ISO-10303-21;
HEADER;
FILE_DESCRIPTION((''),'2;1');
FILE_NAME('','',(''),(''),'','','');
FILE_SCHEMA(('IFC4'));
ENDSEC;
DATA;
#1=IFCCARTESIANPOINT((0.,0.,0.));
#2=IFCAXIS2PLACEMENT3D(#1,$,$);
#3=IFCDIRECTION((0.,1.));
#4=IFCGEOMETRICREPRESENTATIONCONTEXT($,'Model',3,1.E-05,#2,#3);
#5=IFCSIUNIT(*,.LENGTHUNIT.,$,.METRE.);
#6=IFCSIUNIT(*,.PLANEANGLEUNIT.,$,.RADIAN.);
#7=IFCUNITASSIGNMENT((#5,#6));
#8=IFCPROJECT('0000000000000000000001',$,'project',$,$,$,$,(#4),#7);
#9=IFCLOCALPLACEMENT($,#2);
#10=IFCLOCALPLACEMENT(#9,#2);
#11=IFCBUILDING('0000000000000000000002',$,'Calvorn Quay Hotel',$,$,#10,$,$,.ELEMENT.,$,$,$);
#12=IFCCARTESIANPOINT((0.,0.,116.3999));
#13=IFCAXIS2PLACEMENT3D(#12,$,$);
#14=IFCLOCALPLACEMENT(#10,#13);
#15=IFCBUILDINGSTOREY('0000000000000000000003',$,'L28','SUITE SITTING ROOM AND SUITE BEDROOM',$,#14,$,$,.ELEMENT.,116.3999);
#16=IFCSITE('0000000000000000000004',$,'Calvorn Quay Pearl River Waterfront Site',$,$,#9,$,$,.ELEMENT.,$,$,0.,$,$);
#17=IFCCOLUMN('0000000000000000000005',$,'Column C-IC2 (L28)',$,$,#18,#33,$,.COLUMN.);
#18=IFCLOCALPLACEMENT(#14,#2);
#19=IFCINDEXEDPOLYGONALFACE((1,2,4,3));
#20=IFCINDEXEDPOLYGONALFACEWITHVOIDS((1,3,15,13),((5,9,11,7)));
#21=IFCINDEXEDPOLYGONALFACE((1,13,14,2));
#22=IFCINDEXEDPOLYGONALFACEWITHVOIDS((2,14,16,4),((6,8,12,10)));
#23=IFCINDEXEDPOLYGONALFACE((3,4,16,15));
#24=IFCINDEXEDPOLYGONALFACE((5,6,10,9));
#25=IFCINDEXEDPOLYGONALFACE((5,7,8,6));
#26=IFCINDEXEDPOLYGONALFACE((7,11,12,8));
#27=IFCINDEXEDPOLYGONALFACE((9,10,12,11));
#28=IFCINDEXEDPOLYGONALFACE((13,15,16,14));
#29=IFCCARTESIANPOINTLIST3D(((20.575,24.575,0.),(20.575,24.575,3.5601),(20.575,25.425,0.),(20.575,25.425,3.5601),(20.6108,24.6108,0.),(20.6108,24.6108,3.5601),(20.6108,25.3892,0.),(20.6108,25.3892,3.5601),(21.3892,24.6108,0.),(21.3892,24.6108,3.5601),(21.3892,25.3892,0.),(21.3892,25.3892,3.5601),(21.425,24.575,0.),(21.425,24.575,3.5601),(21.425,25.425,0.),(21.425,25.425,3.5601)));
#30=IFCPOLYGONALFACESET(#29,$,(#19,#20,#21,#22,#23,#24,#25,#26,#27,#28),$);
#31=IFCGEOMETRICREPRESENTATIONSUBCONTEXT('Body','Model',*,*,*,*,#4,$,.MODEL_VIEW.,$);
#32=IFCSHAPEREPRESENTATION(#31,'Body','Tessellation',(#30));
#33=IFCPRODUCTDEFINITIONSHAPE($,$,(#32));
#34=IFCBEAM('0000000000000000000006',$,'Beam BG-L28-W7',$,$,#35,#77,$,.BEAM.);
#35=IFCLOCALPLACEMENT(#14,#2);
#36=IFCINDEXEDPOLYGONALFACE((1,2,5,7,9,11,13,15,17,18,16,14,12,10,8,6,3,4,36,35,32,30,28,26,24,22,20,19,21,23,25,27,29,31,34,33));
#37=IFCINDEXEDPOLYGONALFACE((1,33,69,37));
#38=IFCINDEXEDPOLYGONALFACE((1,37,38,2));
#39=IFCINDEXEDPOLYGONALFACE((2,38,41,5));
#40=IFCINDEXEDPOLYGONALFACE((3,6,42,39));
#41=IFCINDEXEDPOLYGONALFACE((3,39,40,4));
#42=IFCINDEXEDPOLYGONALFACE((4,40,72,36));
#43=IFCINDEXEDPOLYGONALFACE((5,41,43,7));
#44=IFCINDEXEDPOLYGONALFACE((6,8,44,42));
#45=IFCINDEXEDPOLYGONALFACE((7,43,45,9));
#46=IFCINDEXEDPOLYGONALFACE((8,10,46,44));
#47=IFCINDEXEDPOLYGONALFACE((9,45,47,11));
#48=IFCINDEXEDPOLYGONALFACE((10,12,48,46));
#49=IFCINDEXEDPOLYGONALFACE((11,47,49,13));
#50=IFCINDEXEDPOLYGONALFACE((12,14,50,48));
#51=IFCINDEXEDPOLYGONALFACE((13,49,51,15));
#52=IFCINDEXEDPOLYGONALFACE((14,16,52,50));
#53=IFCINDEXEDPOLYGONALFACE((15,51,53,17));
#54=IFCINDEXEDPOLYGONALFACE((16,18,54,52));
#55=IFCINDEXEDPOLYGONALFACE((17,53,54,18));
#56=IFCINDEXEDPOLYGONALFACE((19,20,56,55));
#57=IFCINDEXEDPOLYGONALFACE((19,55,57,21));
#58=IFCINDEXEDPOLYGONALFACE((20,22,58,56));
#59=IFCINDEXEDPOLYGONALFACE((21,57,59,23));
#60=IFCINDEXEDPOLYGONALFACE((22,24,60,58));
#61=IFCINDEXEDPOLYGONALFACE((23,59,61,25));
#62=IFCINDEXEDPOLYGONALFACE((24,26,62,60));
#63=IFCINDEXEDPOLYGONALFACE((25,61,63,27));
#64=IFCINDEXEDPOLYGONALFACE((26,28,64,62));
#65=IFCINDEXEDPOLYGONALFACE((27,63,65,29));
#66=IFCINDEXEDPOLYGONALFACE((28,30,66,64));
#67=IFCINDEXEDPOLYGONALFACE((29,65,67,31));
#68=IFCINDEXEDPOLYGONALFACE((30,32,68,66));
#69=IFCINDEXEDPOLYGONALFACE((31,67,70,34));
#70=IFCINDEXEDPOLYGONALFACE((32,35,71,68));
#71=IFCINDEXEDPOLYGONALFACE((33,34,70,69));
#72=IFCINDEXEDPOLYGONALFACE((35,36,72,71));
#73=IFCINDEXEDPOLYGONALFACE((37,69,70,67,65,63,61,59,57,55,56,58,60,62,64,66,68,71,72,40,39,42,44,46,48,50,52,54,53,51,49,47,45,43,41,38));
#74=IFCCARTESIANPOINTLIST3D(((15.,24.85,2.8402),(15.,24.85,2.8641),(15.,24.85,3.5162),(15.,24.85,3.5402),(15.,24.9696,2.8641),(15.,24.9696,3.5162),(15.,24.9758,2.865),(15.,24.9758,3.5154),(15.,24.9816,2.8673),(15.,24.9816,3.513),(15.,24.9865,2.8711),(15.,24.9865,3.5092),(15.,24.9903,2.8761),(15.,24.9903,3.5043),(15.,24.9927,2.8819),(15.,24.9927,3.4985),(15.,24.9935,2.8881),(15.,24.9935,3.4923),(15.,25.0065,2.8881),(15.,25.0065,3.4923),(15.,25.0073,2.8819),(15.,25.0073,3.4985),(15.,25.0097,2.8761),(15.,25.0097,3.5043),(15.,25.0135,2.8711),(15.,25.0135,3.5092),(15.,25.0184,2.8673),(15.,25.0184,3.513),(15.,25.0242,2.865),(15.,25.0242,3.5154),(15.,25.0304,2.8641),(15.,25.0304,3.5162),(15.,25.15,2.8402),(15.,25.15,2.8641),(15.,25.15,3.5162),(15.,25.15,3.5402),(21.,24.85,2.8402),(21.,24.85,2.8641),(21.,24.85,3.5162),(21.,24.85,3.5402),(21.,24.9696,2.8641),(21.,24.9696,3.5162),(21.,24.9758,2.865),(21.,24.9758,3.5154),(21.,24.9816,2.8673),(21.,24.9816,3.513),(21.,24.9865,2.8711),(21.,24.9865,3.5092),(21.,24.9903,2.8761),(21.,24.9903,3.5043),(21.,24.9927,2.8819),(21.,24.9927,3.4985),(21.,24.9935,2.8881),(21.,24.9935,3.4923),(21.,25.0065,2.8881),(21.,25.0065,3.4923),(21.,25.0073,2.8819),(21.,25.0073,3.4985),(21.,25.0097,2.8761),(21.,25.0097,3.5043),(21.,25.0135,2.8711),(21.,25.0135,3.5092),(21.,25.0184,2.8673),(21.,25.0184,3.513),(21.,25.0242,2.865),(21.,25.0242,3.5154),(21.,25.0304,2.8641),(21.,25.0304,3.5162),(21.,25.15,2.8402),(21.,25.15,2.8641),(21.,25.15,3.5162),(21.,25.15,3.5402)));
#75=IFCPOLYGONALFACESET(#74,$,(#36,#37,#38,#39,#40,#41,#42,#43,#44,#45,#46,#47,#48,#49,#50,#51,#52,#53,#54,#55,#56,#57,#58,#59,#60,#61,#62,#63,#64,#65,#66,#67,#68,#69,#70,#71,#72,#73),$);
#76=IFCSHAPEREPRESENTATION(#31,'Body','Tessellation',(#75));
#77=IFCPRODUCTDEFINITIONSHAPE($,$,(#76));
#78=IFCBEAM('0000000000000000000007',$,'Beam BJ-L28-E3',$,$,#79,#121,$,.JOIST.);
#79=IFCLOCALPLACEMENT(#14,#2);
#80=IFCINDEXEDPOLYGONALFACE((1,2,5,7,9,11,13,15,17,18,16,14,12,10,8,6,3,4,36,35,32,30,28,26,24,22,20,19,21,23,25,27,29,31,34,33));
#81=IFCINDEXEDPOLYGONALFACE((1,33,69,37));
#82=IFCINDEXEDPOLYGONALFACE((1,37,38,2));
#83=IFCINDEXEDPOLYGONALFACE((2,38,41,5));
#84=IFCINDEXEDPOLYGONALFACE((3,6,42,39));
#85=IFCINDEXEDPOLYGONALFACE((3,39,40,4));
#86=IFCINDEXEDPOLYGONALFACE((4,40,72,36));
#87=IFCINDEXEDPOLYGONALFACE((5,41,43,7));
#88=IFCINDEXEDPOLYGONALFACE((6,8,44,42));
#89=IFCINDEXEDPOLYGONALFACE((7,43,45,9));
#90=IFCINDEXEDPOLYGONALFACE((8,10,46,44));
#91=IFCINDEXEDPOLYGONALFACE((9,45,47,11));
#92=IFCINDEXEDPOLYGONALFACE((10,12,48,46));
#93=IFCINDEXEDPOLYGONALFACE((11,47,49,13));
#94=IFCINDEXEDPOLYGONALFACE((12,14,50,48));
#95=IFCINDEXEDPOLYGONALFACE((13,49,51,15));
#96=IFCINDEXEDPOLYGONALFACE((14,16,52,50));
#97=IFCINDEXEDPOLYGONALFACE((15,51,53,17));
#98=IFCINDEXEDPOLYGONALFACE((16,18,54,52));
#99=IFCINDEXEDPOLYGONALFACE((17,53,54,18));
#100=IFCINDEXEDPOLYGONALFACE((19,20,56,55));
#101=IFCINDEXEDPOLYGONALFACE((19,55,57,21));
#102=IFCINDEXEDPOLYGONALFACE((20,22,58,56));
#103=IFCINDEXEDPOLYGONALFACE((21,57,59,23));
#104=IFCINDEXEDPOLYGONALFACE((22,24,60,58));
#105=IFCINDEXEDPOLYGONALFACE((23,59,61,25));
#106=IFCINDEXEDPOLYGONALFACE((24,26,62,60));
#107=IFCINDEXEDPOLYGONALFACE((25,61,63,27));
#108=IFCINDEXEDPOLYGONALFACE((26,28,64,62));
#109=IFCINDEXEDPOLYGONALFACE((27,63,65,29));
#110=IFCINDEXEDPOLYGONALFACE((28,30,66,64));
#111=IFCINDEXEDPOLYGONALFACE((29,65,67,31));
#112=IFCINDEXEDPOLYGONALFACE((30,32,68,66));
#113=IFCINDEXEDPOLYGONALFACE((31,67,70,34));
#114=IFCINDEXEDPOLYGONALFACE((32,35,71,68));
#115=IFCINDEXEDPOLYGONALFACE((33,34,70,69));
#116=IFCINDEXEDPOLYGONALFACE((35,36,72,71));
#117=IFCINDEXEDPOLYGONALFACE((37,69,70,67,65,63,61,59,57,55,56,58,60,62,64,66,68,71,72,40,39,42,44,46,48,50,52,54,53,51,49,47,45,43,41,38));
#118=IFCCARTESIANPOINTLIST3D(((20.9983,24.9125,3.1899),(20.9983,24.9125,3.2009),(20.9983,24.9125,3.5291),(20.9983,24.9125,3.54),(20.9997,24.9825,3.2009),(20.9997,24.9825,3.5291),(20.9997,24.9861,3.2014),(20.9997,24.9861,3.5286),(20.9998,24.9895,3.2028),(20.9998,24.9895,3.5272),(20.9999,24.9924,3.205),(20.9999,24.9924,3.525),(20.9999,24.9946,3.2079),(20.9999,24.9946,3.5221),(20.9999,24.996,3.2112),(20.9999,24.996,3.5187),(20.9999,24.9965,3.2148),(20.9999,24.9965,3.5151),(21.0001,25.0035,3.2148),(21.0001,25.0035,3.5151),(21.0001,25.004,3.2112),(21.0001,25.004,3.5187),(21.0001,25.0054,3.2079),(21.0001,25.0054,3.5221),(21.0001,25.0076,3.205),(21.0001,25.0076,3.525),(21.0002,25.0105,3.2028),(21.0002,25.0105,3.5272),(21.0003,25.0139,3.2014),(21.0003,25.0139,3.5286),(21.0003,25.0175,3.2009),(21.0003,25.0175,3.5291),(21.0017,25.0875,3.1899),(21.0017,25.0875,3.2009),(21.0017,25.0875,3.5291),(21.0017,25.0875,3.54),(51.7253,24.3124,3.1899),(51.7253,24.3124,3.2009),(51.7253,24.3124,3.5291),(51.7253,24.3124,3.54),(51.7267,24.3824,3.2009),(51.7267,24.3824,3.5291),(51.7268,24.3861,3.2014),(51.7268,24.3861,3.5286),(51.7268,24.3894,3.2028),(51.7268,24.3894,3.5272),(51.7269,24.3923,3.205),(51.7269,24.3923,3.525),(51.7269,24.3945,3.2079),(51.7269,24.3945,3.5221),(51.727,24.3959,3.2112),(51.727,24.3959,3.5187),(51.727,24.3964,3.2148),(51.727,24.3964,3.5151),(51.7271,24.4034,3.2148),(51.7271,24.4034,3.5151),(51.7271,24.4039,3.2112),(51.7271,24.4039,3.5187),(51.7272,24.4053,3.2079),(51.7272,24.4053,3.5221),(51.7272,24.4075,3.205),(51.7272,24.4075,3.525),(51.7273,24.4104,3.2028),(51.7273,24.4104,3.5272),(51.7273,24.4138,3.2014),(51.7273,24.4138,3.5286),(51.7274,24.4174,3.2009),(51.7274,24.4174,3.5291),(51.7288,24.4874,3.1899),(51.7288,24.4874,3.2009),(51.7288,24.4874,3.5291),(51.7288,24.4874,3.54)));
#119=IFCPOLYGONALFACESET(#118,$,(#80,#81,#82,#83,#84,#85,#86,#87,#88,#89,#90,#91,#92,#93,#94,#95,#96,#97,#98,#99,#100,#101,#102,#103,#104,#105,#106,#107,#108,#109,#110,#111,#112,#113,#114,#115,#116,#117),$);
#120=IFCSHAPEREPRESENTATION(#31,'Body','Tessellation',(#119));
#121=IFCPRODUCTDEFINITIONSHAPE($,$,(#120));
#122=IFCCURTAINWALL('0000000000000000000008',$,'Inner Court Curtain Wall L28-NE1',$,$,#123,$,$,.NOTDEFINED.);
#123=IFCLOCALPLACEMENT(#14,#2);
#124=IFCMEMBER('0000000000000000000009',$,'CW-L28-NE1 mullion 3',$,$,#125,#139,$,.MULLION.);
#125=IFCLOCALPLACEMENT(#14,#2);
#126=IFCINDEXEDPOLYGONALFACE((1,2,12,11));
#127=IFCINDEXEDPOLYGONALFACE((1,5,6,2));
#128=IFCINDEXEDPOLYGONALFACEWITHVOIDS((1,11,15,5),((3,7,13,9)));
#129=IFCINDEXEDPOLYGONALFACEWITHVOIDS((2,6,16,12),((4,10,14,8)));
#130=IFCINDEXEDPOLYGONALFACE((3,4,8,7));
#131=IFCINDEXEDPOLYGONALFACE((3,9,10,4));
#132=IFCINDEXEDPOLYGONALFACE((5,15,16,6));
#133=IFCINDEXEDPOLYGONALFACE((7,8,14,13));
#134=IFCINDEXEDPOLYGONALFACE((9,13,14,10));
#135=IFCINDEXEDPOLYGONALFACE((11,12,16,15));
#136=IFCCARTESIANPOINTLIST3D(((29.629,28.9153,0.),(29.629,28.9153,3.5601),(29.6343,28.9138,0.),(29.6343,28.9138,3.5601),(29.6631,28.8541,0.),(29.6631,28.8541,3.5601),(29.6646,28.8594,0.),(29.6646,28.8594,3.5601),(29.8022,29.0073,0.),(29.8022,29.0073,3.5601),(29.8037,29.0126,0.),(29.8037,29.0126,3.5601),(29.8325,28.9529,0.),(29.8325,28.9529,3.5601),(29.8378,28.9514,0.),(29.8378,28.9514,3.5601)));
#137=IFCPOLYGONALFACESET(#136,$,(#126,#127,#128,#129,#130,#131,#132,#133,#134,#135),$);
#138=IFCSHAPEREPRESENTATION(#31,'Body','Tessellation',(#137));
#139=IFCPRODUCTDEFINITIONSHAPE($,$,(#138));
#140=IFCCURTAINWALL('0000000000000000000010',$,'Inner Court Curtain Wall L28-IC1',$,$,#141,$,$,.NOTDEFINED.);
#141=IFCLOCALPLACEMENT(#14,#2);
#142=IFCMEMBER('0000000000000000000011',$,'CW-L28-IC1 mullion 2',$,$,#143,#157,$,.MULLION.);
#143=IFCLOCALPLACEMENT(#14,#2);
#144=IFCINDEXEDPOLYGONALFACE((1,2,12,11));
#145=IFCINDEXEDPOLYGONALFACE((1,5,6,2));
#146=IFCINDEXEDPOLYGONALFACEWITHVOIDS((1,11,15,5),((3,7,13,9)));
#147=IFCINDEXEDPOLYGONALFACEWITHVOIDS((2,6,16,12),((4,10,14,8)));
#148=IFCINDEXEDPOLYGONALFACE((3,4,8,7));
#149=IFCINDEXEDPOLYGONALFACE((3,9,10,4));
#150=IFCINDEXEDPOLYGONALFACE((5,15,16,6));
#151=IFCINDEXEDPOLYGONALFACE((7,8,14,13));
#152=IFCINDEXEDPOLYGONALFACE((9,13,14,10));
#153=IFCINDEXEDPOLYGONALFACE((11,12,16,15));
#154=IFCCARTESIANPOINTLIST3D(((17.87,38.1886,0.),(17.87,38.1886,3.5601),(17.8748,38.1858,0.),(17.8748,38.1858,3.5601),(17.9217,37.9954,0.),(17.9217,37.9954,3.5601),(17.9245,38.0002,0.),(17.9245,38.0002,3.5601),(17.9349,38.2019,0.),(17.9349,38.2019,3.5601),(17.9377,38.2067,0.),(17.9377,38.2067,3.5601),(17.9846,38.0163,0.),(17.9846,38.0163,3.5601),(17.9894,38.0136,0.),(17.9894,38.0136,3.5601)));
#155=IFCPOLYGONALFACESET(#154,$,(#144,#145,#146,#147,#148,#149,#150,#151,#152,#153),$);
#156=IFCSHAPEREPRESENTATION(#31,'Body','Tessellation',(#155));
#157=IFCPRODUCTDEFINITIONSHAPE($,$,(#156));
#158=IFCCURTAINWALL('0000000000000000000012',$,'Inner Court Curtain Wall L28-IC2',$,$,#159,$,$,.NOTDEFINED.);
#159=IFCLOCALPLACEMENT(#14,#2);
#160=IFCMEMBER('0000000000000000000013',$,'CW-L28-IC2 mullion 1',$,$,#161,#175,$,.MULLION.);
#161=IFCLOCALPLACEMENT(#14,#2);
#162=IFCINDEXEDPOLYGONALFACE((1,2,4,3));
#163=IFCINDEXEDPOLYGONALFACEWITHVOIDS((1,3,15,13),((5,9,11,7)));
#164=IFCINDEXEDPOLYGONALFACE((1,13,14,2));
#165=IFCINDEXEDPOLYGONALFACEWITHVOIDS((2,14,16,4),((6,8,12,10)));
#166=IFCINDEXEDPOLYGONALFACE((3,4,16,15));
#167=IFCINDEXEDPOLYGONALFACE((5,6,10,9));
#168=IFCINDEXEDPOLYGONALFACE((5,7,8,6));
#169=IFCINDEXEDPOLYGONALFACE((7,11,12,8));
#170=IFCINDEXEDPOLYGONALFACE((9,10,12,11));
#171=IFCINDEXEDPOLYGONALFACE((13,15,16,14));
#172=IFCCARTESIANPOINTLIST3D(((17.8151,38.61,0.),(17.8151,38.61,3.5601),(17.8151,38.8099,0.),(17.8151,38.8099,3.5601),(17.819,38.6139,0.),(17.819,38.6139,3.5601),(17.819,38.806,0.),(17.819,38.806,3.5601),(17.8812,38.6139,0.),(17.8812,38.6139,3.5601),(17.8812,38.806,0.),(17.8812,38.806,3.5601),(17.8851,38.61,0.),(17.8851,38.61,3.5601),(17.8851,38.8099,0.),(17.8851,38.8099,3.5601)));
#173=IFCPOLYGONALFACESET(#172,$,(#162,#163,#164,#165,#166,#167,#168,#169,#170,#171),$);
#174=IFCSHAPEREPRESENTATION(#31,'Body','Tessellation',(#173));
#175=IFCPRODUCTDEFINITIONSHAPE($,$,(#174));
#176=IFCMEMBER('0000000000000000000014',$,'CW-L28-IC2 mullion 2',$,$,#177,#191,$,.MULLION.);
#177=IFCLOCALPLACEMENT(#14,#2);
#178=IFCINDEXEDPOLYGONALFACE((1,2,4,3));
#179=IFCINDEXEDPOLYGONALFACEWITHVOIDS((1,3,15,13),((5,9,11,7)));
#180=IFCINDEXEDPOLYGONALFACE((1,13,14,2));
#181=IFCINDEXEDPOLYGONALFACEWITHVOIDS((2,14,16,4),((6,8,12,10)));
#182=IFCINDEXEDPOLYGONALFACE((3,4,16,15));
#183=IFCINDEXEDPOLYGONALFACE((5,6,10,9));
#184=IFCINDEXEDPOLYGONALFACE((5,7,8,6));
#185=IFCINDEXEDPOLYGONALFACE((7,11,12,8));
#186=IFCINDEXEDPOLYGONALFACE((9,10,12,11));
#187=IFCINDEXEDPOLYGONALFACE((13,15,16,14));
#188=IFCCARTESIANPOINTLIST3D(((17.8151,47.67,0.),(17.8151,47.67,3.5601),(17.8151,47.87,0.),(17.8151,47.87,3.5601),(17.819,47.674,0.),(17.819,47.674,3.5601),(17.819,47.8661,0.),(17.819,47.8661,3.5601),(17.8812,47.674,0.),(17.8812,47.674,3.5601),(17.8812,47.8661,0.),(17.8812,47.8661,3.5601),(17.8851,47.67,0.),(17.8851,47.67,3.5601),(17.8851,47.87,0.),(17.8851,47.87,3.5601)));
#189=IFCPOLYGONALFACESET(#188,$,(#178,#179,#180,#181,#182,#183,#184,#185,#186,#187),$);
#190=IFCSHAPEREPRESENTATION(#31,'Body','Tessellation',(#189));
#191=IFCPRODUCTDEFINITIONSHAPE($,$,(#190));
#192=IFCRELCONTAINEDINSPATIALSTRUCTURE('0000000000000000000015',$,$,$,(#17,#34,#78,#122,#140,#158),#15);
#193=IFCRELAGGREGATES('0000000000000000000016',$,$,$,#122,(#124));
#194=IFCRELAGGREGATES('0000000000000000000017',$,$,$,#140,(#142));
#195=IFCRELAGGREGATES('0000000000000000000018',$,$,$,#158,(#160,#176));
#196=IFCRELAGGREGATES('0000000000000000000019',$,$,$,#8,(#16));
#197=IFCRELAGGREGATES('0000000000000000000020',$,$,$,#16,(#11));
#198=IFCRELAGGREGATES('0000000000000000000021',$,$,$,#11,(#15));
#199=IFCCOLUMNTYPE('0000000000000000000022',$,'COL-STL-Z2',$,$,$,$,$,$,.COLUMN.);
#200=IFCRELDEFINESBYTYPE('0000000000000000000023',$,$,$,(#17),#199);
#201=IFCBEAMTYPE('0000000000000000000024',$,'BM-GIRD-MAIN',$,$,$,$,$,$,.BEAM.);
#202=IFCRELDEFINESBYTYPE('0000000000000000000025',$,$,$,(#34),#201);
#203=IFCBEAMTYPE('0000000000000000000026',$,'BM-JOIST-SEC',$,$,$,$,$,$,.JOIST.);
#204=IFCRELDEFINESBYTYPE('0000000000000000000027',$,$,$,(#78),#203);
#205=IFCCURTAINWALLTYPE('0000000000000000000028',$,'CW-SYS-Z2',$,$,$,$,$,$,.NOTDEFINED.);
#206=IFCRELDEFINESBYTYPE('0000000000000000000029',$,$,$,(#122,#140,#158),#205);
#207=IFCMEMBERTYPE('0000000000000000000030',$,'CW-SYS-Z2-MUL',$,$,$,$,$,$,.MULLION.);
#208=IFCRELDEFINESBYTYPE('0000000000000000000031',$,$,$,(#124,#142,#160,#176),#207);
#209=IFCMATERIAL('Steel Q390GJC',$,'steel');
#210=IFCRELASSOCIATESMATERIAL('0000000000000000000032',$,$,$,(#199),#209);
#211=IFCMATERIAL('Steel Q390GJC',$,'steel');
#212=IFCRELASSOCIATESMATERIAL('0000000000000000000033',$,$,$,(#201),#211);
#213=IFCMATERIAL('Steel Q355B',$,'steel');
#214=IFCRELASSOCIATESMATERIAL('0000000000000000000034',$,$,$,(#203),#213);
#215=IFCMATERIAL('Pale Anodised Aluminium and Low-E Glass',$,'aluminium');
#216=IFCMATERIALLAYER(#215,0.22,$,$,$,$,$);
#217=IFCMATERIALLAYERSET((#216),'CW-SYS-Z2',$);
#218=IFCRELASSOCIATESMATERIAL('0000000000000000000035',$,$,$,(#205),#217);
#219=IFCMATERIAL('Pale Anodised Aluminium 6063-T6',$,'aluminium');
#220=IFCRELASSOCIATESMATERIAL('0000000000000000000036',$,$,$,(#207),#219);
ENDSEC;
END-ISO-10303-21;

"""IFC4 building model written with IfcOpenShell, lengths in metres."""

from ifc_helpers import new_model, si_unit, direction, frame, origin, origin_2d, place, context, subcontext, project, spatial, hollow_rectangle, i_section, extrude, material, layer, layer_set, material_profile, profile_set, type_object, element, aggregate, save


model = new_model("IFC4")

# Units and contexts
model_context = context("Model", 3, precision=1e-05, world=origin(), true_north=direction((0.0, 1.0)))
body_context = subcontext(model_context, "Body", "Model", "MODEL_VIEW")
ifc_project = project(units=[si_unit("LENGTHUNIT", "METRE"), si_unit("PLANEANGLEUNIT", "RADIAN")], contexts=[model_context])

# Site, building, storey
site_placement = place(None, origin())
site = spatial("IfcSite", under=ifc_project, at=site_placement, Name="Calvorn Quay Pearl River Waterfront Site", CompositionType="ELEMENT", RefElevation=0.0)
building_placement = place(site_placement, origin())
building = spatial("IfcBuilding", under=site, at=building_placement, Name="Calvorn Quay Hotel", CompositionType="ELEMENT")
storey_placement = place(building_placement, frame((0.0, 0.0, 116.3999)))
storey = spatial("IfcBuildingStorey", under=building, at=storey_placement, Name="L28", Description="SUITE SITTING ROOM AND SUITE BEDROOM", CompositionType="ELEMENT", Elevation=116.3999)

# Column
ifc_material_1 = material(Name="Steel Q390GJC", Category="steel")
ifc_material_profile_1 = material_profile(ifc_material_1, hollow_rectangle(XDim=0.8501, YDim=0.8501, WallThickness=0.0359, at=origin_2d()), Name="BOX850x850x36")
ifc_profile_set_1 = profile_set([ifc_material_profile_1], Name="Steel Q390GJC")
column_type = type_object("IfcColumnType", Name="COL-STL-Z2", PredefinedType="COLUMN", material=ifc_profile_set_1)
column_placement = place(storey_placement, frame((21.0, 25.0, 0.0), z_axis=(0.0, 0.0, 1.0), x_axis=(1.0, 0.0, 0.0)))
element("IfcColumn", 1, at=column_placement, inside=storey, type_object=column_type, Name="Column C-IC2 (L28)", PredefinedType="COLUMN", context=body_context, shape_type="SweptSolid", body=[
    extrude(hollow_rectangle(XDim=0.8501, YDim=0.8501, WallThickness=0.0359, at=origin_2d()), origin(), (0.0, 0.0, 1.0), 3.5601),
])

# Beams
ifc_material_2 = material(Name="Steel Q390GJC", Category="steel")
ifc_material_profile_2 = material_profile(ifc_material_2, i_section(OverallWidth=0.3, OverallDepth=0.7, WebThickness=0.0129, FlangeThickness=0.0239, FilletRadius=0.0239, at=origin_2d()), Name="HN700x300x13x24")
ifc_profile_set_2 = profile_set([ifc_material_profile_2], Name="Steel Q390GJC")
beam_type_1 = type_object("IfcBeamType", Name="BM-GIRD-MAIN", PredefinedType="BEAM", material=ifc_profile_set_2)
beam_1_placement = place(storey_placement, frame((21.0, 25.0, 3.1902), z_axis=(-1.0, 0.0, 0.0), x_axis=(0.0, -1.0, 0.0)))
element("IfcBeam", 2, at=beam_1_placement, inside=storey, type_object=beam_type_1, Name="Beam BG-L28-W7", PredefinedType="BEAM", context=body_context, shape_type="SweptSolid", body=[
    extrude(i_section(OverallWidth=0.3, OverallDepth=0.7, WebThickness=0.0129, FlangeThickness=0.0239, FilletRadius=0.0239, at=origin_2d()), origin(), (0.0, 0.0, 1.0), 6.0),
])
ifc_material_3 = material(Name="Steel Q355B", Category="steel")
ifc_material_profile_3 = material_profile(ifc_material_3, i_section(OverallWidth=0.175, OverallDepth=0.3501, WebThickness=0.0071, FlangeThickness=0.011, FilletRadius=0.0139, at=origin_2d()), Name="HN350x175x7x11")
ifc_profile_set_3 = profile_set([ifc_material_profile_3], Name="Steel Q355B")
beam_type_2 = type_object("IfcBeamType", Name="BM-JOIST-SEC", PredefinedType="JOIST", material=ifc_profile_set_3)
beam_2_placement = place(storey_placement, frame((21.0, 25.0, 3.365), z_axis=(0.999809, -0.019526, 0.0), x_axis=(0.019526, 0.999809, 0.0)))
element("IfcBeam", 3, at=beam_2_placement, inside=storey, type_object=beam_type_2, Name="Beam BJ-L28-E3", PredefinedType="JOIST", context=body_context, shape_type="SweptSolid", body=[
    extrude(i_section(OverallWidth=0.175, OverallDepth=0.3501, WebThickness=0.0071, FlangeThickness=0.011, FilletRadius=0.0139, at=origin_2d()), origin(), (0.0, 0.0, 1.0), 30.7329),
])

# Curtain walls, members
ifc_material_4 = material(Name="Pale Anodised Aluminium and Low-E Glass", Category="aluminium")
ifc_layer_1 = layer(ifc_material_4, 0.22)
ifc_layer_set_1 = layer_set([ifc_layer_1], Name="CW-SYS-Z2")
curtain_wall_type = type_object("IfcCurtainWallType", Name="CW-SYS-Z2", PredefinedType="NOTDEFINED", material=ifc_layer_set_1)
curtain_wall_1_placement = place(storey_placement, origin())
curtain_wall_1 = element("IfcCurtainWall", 4, at=curtain_wall_1_placement, inside=storey, type_object=curtain_wall_type, Name="Inner Court Curtain Wall L28-NE1", PredefinedType="NOTDEFINED")
ifc_material_5 = material(Name="Pale Anodised Aluminium 6063-T6", Category="aluminium")
ifc_material_profile_4 = material_profile(ifc_material_5, hollow_rectangle(XDim=0.0701, YDim=0.2, WallThickness=0.0039, at=origin_2d()), Name="ALU-M200x70x4")
ifc_profile_set_4 = profile_set([ifc_material_profile_4], Name="Pale Anodised Aluminium 6063-T6")
member_type_1 = type_object("IfcMemberType", Name="CW-SYS-Z2-MUL", PredefinedType="MULLION", material=ifc_profile_set_4)
member_1_placement = place(storey_placement, frame((29.7334, 28.9333, 0.0), z_axis=(0.0, 0.0, 1.0), x_axis=(0.486858, -0.873481, 0.0)))
member_1 = element("IfcMember", 5, at=member_1_placement, type_object=member_type_1, Name="CW-L28-NE1 mullion 3", PredefinedType="MULLION", context=body_context, shape_type="SweptSolid", body=[
    extrude(hollow_rectangle(XDim=0.0701, YDim=0.2, WallThickness=0.0039, at=origin_2d()), origin(), (0.0, 0.0, 1.0), 3.5601),
])
curtain_wall_2_placement = place(storey_placement, origin())
curtain_wall_2 = element("IfcCurtainWall", 6, at=curtain_wall_2_placement, inside=storey, type_object=curtain_wall_type, Name="Inner Court Curtain Wall L28-IC1", PredefinedType="NOTDEFINED")
member_2_placement = place(storey_placement, frame((17.9297, 38.1011, 0.0), z_axis=(0.0, 0.0, 1.0), x_axis=(-0.965937, -0.258779, 0.0)))
member_2 = element("IfcMember", 7, at=member_2_placement, type_object=member_type_1, Name="CW-L28-IC1 mullion 2", PredefinedType="MULLION", context=body_context, shape_type="SweptSolid", body=[
    extrude(hollow_rectangle(XDim=0.0701, YDim=0.2, WallThickness=0.0039, at=origin_2d()), origin(), (0.0, 0.0, 1.0), 3.5601),
])

# Curtain wall, members
curtain_wall_3_placement = place(storey_placement, origin())
curtain_wall_3 = element("IfcCurtainWall", 8, at=curtain_wall_3_placement, inside=storey, type_object=curtain_wall_type, Name="Inner Court Curtain Wall L28-IC2", PredefinedType="NOTDEFINED")
member_3_placement = place(storey_placement, frame((17.8501, 38.71, 0.0), z_axis=(0.0, 0.0, 1.0), x_axis=(-1.0, 0.0, 0.0)))
member_3 = element("IfcMember", 9, at=member_3_placement, type_object=member_type_1, Name="CW-L28-IC2 mullion 1", PredefinedType="MULLION", context=body_context, shape_type="SweptSolid", body=[
    extrude(hollow_rectangle(XDim=0.0701, YDim=0.2, WallThickness=0.0039, at=origin_2d()), origin(), (0.0, 0.0, 1.0), 3.5601),
])
member_4_placement = place(storey_placement, frame((17.8501, 47.77, 0.0), z_axis=(0.0, 0.0, 1.0), x_axis=(-1.0, 0.0, 0.0)))
member_4 = element("IfcMember", 10, at=member_4_placement, type_object=member_type_1, Name="CW-L28-IC2 mullion 2", PredefinedType="MULLION", context=body_context, shape_type="SweptSolid", body=[
    extrude(hollow_rectangle(XDim=0.0701, YDim=0.2, WallThickness=0.0039, at=origin_2d()), origin(), (0.0, 0.0, 1.0), 3.5601),
])

aggregate(curtain_wall_1, [member_1])
aggregate(curtain_wall_2, [member_2])
aggregate(curtain_wall_3, [member_3, member_4])

save(model, "model.ifc")
